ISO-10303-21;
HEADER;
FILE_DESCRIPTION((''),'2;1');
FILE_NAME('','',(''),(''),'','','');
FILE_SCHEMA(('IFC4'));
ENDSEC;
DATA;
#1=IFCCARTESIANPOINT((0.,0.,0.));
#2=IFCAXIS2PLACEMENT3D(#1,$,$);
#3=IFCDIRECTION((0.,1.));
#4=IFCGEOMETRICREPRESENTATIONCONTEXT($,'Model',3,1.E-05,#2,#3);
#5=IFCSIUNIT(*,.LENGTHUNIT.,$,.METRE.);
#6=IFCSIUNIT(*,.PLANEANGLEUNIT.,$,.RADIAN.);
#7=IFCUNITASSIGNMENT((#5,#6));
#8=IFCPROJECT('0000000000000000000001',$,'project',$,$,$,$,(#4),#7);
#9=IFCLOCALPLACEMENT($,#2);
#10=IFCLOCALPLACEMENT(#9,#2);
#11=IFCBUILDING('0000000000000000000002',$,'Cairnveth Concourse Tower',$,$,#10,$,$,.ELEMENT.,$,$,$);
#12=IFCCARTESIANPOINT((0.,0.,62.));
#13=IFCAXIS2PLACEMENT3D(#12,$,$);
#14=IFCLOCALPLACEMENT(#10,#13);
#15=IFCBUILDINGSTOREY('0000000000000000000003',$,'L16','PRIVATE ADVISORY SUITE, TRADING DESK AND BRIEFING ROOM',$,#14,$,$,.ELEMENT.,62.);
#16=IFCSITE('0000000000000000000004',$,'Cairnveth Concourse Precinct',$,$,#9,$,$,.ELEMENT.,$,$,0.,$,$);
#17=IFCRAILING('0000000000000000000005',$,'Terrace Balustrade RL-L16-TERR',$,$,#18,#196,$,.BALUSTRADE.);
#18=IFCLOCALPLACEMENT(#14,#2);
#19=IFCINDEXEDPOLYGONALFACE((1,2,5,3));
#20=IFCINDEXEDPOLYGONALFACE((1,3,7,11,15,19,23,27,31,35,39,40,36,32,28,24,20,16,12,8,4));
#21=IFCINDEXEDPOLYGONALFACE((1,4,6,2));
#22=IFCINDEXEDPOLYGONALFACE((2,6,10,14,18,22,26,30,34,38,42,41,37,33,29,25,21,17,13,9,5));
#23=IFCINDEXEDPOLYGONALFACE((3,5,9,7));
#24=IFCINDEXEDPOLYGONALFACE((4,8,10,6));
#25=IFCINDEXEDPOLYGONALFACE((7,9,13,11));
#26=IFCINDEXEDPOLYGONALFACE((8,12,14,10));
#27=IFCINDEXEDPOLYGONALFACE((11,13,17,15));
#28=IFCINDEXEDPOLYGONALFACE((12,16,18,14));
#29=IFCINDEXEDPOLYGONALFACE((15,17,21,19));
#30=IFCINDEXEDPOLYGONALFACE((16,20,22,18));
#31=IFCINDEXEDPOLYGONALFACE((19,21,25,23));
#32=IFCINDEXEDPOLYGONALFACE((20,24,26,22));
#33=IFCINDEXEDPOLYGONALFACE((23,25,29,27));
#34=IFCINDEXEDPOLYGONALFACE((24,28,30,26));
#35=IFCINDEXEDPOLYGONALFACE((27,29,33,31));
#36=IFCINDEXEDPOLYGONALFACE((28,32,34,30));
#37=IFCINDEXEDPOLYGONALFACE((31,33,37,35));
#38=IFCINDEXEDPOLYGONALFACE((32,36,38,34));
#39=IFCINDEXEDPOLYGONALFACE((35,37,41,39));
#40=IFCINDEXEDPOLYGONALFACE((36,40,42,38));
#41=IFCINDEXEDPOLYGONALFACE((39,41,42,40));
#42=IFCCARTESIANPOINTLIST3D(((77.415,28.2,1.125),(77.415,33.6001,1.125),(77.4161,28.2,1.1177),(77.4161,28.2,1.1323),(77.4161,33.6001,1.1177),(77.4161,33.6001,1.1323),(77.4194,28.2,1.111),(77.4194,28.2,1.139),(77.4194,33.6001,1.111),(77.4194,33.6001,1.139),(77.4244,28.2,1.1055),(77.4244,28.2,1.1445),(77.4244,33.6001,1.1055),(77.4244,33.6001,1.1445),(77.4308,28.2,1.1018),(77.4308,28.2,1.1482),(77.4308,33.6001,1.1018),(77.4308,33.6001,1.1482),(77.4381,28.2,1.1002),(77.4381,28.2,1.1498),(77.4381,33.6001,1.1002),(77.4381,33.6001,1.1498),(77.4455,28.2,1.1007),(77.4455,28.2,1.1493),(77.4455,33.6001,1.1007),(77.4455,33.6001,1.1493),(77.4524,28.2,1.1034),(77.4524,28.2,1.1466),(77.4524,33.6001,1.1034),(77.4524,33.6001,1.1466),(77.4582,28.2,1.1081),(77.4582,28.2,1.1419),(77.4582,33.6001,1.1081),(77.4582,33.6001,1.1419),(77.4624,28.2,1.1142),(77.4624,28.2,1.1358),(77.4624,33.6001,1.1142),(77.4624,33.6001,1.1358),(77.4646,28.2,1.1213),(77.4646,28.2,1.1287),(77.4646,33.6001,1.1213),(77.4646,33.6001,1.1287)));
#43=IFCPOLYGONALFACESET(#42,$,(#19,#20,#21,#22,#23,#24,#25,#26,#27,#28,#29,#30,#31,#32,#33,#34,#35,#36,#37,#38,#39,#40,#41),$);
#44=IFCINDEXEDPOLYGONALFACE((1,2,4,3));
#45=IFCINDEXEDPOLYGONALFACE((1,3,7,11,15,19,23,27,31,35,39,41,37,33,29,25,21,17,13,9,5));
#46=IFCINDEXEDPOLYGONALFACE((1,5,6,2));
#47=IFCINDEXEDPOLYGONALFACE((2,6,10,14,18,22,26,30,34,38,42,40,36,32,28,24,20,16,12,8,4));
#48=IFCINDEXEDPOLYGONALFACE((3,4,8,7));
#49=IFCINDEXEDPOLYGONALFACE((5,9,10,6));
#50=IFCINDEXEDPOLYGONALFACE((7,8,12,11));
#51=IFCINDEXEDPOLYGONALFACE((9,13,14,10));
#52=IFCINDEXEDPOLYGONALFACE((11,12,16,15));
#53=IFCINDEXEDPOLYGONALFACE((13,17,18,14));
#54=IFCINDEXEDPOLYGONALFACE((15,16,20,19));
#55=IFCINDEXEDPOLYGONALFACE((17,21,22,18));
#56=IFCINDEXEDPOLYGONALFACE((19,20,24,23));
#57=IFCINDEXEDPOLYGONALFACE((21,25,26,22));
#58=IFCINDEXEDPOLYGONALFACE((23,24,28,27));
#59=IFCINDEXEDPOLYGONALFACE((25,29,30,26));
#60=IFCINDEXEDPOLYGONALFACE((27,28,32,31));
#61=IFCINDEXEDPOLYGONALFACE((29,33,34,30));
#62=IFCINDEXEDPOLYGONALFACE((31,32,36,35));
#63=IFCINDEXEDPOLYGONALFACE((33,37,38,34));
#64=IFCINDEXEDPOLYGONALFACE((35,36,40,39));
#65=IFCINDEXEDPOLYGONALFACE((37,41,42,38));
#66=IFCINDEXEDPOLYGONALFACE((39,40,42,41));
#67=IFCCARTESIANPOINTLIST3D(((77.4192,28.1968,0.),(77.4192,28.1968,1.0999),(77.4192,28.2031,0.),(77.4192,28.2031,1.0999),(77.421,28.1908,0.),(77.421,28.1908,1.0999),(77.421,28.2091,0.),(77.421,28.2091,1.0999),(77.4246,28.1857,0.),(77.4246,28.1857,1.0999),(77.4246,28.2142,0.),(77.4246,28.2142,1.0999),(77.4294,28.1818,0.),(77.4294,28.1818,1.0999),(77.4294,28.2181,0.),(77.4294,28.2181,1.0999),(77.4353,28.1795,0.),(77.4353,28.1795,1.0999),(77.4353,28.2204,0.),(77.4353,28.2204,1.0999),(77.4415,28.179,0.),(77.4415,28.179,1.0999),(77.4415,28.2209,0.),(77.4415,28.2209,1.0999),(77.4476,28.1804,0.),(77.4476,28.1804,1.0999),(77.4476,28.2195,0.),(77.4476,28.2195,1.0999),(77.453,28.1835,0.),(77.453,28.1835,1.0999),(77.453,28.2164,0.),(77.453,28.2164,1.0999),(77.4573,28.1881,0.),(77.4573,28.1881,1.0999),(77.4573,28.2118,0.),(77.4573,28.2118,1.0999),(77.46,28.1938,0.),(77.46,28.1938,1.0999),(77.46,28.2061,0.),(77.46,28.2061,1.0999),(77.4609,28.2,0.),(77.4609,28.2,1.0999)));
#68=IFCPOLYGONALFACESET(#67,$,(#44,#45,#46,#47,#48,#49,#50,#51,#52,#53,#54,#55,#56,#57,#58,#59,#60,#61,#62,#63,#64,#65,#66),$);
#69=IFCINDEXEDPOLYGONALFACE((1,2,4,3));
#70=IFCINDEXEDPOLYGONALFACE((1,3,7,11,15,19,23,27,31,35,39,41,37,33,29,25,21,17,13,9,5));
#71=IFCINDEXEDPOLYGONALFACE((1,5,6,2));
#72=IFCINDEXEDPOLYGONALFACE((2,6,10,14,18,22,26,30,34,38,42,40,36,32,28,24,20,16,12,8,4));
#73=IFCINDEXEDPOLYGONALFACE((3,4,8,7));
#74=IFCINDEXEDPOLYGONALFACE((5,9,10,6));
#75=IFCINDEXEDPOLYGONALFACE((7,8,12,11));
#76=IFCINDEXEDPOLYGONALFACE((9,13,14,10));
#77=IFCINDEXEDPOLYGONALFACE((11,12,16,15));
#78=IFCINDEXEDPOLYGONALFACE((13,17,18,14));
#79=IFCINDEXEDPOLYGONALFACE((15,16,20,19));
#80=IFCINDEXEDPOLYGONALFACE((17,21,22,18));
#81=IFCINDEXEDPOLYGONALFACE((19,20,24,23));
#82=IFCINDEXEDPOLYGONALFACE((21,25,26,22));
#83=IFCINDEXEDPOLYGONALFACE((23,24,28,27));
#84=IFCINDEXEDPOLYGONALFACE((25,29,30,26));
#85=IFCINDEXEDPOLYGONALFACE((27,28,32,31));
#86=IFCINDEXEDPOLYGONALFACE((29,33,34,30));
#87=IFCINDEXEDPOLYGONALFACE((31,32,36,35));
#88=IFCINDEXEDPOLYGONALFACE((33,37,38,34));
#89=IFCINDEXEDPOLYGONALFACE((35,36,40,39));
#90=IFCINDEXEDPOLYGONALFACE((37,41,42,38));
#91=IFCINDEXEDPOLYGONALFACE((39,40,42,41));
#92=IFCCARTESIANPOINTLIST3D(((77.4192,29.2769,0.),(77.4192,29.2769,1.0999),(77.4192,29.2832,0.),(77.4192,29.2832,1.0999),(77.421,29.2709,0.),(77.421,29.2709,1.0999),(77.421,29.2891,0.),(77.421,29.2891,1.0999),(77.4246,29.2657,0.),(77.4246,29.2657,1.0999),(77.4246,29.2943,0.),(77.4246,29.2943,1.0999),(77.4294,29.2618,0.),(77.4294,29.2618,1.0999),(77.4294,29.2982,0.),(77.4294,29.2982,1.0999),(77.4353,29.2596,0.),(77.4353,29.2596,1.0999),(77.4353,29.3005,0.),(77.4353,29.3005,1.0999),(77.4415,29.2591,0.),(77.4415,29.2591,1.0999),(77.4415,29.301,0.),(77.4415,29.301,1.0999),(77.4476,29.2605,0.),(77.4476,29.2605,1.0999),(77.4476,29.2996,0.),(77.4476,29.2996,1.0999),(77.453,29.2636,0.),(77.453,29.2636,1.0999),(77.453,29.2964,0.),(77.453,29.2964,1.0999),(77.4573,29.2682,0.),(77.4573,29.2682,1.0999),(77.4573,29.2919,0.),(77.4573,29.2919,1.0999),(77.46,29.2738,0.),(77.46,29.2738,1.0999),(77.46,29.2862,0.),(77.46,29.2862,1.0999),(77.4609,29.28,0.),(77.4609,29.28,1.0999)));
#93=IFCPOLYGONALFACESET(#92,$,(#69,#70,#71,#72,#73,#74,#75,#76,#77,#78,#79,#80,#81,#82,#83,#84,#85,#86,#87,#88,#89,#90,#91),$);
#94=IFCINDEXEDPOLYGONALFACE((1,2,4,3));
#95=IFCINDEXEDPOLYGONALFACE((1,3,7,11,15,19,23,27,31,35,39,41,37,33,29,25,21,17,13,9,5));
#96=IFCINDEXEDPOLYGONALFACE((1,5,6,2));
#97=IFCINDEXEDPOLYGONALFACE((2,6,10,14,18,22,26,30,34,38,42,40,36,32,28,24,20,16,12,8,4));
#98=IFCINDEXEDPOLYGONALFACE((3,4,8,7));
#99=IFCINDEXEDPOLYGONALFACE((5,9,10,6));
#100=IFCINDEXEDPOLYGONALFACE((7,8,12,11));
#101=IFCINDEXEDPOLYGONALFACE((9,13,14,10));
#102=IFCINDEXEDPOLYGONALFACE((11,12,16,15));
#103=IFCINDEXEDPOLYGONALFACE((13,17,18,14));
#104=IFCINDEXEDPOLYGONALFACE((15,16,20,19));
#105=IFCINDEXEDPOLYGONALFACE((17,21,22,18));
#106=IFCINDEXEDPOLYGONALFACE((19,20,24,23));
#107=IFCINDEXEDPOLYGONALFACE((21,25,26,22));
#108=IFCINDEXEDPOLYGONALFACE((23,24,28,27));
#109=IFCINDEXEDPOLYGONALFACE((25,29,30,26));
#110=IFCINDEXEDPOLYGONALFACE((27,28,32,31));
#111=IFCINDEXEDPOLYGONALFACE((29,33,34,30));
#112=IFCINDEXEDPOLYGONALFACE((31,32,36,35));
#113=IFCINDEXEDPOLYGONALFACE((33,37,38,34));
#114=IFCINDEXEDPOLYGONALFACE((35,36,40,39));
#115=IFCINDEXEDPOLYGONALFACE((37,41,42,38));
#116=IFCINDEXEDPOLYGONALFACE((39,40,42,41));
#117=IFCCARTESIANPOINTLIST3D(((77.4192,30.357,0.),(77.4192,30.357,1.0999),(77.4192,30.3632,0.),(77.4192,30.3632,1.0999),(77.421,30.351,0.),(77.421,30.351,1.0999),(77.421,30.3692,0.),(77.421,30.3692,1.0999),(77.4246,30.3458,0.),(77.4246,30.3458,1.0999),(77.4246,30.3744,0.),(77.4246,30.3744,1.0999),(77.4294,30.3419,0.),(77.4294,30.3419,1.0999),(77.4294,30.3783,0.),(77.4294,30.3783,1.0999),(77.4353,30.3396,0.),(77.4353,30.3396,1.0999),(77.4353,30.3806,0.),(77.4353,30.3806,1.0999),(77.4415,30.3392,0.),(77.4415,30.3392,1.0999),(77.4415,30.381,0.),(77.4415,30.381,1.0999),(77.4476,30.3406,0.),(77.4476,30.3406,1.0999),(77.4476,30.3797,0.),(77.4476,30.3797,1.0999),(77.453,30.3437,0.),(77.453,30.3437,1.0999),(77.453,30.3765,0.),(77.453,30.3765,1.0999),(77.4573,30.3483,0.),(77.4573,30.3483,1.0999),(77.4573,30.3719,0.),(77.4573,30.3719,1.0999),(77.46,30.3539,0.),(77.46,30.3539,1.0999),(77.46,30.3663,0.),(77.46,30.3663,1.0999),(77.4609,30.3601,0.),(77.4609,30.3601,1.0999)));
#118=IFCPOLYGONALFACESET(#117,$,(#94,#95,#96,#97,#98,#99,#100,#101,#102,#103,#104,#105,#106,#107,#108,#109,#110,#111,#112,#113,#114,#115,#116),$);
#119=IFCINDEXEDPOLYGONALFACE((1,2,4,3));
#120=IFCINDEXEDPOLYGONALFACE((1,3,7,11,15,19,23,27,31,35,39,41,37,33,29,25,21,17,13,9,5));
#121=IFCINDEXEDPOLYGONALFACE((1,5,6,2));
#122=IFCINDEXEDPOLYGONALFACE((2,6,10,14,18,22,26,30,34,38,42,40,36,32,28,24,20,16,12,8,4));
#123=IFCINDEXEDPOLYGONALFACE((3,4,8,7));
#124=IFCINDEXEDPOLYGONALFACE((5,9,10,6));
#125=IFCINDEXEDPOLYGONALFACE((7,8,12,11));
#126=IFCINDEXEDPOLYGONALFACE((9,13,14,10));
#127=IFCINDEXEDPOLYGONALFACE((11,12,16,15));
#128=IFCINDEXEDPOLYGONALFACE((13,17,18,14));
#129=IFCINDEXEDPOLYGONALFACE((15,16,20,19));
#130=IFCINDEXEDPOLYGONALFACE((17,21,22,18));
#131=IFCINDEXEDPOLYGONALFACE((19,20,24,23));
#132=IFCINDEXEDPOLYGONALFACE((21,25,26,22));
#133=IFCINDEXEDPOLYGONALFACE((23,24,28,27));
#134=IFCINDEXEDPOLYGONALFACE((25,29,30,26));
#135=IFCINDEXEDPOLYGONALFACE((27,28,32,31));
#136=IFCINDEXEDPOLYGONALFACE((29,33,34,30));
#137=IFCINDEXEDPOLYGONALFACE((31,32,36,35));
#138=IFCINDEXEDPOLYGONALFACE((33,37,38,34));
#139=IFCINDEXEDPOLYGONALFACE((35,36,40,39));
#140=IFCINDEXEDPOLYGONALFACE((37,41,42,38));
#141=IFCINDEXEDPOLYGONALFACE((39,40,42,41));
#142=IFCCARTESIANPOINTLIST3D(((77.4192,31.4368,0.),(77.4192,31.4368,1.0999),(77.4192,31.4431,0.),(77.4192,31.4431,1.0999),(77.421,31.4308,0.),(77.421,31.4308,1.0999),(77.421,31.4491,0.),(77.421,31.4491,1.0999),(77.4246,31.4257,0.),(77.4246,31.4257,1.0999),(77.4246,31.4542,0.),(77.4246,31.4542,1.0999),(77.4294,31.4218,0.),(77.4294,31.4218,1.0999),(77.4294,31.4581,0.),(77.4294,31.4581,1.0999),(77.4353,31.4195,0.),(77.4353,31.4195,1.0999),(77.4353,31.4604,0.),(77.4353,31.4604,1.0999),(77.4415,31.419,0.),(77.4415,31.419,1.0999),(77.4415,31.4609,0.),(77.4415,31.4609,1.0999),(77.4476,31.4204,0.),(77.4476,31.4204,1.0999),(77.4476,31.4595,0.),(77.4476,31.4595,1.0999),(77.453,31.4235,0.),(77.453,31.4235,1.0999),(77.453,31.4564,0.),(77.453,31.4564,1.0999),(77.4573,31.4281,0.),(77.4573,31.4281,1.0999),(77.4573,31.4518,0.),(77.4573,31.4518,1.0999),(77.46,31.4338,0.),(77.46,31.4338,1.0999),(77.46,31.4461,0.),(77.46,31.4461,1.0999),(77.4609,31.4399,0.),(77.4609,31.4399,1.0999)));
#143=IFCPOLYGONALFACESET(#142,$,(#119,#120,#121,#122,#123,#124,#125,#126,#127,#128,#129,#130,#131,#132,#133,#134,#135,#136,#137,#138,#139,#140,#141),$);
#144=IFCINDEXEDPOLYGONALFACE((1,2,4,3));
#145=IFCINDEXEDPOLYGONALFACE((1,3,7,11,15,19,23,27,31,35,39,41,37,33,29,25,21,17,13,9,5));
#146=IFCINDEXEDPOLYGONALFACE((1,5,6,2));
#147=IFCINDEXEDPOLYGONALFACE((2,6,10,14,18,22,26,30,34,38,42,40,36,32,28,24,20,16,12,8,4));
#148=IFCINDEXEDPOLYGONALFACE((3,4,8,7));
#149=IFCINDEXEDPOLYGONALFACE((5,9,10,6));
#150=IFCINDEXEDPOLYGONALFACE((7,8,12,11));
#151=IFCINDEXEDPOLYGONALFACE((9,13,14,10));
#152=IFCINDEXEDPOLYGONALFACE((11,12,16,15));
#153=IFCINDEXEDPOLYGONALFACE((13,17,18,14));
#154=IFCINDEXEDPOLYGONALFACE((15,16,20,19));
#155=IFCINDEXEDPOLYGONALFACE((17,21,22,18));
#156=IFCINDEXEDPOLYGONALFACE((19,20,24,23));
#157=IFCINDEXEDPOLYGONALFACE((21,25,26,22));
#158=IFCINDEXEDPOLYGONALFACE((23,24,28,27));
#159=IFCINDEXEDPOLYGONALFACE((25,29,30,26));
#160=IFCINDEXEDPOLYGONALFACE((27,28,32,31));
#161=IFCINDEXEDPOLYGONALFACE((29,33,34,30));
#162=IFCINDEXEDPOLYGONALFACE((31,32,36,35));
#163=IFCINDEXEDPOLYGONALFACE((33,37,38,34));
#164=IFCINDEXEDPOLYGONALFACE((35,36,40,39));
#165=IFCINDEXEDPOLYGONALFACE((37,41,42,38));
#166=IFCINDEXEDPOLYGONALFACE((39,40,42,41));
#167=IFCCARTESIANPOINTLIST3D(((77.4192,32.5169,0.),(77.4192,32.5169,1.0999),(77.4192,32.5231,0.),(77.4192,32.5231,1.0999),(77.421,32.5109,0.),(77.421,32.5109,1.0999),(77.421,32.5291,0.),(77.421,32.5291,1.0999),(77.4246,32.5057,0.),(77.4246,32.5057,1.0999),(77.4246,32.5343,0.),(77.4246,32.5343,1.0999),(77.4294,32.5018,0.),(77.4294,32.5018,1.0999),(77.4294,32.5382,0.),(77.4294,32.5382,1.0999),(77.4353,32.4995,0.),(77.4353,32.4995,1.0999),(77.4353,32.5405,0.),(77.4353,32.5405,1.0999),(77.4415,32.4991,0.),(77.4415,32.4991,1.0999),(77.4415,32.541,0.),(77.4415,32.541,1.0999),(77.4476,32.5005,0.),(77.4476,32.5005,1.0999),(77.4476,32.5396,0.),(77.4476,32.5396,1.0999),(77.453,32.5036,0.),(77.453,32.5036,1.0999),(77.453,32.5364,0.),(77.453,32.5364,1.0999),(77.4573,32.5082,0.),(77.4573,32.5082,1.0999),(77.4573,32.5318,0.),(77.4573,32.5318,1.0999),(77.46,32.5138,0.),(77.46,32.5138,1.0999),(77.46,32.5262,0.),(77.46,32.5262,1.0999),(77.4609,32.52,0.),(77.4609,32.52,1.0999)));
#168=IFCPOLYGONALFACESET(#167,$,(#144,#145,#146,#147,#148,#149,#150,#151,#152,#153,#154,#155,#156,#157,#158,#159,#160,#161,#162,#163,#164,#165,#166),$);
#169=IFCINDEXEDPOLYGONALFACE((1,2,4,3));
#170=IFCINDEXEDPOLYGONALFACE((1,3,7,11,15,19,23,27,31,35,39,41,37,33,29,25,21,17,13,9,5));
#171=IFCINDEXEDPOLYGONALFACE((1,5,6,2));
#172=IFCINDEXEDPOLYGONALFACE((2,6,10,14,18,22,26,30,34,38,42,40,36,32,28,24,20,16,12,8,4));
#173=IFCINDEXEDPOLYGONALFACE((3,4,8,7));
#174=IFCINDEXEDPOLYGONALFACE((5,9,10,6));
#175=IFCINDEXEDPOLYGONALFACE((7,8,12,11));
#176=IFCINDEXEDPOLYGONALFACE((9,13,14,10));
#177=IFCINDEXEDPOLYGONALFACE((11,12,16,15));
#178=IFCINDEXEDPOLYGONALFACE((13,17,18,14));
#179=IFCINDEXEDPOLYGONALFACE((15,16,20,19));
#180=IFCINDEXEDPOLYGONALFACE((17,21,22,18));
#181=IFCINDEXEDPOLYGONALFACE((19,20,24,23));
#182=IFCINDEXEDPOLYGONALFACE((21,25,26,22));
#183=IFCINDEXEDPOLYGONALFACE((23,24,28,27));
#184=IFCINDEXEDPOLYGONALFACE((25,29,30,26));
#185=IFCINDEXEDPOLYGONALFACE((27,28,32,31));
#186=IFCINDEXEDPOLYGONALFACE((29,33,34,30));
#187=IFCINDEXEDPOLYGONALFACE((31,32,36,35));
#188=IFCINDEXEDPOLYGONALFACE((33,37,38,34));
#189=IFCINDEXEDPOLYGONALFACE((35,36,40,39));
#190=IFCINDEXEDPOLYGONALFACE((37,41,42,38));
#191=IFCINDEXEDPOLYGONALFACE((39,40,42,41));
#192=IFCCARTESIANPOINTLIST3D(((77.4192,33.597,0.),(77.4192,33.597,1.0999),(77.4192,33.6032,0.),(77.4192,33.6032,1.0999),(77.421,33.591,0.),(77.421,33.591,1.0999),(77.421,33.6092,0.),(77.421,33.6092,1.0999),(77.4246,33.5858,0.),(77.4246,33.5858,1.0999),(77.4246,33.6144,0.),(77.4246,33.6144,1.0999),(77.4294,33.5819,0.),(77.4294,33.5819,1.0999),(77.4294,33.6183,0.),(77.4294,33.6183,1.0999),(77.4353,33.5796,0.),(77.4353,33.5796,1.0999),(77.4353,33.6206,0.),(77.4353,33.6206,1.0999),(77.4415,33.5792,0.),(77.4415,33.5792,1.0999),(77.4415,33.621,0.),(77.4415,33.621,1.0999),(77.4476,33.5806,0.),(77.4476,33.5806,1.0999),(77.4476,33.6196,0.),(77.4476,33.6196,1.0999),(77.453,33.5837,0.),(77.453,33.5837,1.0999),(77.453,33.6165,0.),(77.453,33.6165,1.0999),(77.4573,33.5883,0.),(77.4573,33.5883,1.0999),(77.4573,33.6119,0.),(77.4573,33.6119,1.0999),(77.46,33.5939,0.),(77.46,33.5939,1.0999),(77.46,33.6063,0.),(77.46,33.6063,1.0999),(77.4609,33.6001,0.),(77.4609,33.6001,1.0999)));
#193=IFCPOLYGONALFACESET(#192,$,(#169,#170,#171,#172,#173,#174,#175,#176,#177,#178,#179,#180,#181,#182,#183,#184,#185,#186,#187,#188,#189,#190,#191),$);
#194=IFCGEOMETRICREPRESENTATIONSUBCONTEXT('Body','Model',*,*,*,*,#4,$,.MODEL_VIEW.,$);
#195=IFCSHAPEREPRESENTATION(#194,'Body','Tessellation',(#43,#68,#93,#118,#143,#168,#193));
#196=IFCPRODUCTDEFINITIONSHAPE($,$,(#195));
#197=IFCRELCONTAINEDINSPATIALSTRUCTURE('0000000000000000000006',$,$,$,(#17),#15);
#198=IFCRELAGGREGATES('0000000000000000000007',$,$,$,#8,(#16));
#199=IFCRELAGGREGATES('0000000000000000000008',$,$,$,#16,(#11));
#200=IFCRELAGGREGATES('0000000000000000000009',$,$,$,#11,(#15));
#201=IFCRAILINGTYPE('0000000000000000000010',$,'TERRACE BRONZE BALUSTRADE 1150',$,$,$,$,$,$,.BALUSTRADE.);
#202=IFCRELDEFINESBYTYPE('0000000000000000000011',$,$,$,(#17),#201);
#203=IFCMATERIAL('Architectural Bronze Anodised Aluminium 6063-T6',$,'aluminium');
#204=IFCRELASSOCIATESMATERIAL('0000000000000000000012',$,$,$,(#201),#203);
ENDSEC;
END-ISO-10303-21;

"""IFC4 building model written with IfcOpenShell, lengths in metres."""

from ifc_helpers import new_model, si_unit, direction, frame, origin, origin_2d, place, context, subcontext, project, spatial, circle, extrude, material, type_object, element, save


model = new_model("IFC4")

# Units and contexts
model_context = context("Model", 3, precision=1e-05, world=origin(), true_north=direction((0.0, 1.0)))
body_context = subcontext(model_context, "Body", "Model", "MODEL_VIEW")
ifc_project = project(units=[si_unit("LENGTHUNIT", "METRE"), si_unit("PLANEANGLEUNIT", "RADIAN")], contexts=[model_context])

# Site, building, storey
site_placement = place(None, origin())
site = spatial("IfcSite", under=ifc_project, at=site_placement, Name="Cairnveth Concourse Precinct", CompositionType="ELEMENT", RefElevation=0.0)
building_placement = place(site_placement, origin())
building = spatial("IfcBuilding", under=site, at=building_placement, Name="Cairnveth Concourse Tower", CompositionType="ELEMENT")
storey_placement = place(building_placement, frame((0.0, 0.0, 62.0)))
storey = spatial("IfcBuildingStorey", under=building, at=storey_placement, Name="L16", Description="PRIVATE ADVISORY SUITE, TRADING DESK AND BRIEFING ROOM", CompositionType="ELEMENT", Elevation=62.0)

# Shared definitions
ifc_material_1 = material(Name="Architectural Bronze Anodised Aluminium 6063-T6", Category="aluminium")

# Railing
railing_type = type_object("IfcRailingType", Name="TERRACE BRONZE BALUSTRADE 1150", PredefinedType="BALUSTRADE", material=ifc_material_1)
railing_placement = place(storey_placement, frame((77.4399, 28.2, 0.0)))
element("IfcRailing", 1, at=railing_placement, inside=storey, type_object=railing_type, Name="Terrace Balustrade RL-L16-TERR", PredefinedType="BALUSTRADE", context=body_context, shape_type="SweptSolid", body=[
    extrude(circle(Radius=0.0249, at=origin_2d()), frame((0.0, 0.0, 1.125), z_axis=(0.0, 1.0, 0.0), x_axis=(-1.0, 0.0, 0.0)), (0.0, 0.0, 1.0), 5.4001),
    extrude(circle(Radius=0.021, at=origin_2d()), origin(), (0.0, 0.0, 1.0), 1.0999),
    extrude(circle(Radius=0.021, at=origin_2d()), frame((0.0, 1.0801, 0.0)), (0.0, 0.0, 1.0), 1.0999),
    extrude(circle(Radius=0.021, at=origin_2d()), frame((0.0, 2.1602, 0.0)), (0.0, 0.0, 1.0), 1.0999),
    extrude(circle(Radius=0.021, at=origin_2d()), frame((0.0, 3.24, 0.0)), (0.0, 0.0, 1.0), 1.0999),
    extrude(circle(Radius=0.021, at=origin_2d()), frame((0.0, 4.3201, 0.0)), (0.0, 0.0, 1.0), 1.0999),
    extrude(circle(Radius=0.021, at=origin_2d()), frame((0.0, 5.4001, 0.0)), (0.0, 0.0, 1.0), 1.0999),
])

save(model, "model.ifc")
